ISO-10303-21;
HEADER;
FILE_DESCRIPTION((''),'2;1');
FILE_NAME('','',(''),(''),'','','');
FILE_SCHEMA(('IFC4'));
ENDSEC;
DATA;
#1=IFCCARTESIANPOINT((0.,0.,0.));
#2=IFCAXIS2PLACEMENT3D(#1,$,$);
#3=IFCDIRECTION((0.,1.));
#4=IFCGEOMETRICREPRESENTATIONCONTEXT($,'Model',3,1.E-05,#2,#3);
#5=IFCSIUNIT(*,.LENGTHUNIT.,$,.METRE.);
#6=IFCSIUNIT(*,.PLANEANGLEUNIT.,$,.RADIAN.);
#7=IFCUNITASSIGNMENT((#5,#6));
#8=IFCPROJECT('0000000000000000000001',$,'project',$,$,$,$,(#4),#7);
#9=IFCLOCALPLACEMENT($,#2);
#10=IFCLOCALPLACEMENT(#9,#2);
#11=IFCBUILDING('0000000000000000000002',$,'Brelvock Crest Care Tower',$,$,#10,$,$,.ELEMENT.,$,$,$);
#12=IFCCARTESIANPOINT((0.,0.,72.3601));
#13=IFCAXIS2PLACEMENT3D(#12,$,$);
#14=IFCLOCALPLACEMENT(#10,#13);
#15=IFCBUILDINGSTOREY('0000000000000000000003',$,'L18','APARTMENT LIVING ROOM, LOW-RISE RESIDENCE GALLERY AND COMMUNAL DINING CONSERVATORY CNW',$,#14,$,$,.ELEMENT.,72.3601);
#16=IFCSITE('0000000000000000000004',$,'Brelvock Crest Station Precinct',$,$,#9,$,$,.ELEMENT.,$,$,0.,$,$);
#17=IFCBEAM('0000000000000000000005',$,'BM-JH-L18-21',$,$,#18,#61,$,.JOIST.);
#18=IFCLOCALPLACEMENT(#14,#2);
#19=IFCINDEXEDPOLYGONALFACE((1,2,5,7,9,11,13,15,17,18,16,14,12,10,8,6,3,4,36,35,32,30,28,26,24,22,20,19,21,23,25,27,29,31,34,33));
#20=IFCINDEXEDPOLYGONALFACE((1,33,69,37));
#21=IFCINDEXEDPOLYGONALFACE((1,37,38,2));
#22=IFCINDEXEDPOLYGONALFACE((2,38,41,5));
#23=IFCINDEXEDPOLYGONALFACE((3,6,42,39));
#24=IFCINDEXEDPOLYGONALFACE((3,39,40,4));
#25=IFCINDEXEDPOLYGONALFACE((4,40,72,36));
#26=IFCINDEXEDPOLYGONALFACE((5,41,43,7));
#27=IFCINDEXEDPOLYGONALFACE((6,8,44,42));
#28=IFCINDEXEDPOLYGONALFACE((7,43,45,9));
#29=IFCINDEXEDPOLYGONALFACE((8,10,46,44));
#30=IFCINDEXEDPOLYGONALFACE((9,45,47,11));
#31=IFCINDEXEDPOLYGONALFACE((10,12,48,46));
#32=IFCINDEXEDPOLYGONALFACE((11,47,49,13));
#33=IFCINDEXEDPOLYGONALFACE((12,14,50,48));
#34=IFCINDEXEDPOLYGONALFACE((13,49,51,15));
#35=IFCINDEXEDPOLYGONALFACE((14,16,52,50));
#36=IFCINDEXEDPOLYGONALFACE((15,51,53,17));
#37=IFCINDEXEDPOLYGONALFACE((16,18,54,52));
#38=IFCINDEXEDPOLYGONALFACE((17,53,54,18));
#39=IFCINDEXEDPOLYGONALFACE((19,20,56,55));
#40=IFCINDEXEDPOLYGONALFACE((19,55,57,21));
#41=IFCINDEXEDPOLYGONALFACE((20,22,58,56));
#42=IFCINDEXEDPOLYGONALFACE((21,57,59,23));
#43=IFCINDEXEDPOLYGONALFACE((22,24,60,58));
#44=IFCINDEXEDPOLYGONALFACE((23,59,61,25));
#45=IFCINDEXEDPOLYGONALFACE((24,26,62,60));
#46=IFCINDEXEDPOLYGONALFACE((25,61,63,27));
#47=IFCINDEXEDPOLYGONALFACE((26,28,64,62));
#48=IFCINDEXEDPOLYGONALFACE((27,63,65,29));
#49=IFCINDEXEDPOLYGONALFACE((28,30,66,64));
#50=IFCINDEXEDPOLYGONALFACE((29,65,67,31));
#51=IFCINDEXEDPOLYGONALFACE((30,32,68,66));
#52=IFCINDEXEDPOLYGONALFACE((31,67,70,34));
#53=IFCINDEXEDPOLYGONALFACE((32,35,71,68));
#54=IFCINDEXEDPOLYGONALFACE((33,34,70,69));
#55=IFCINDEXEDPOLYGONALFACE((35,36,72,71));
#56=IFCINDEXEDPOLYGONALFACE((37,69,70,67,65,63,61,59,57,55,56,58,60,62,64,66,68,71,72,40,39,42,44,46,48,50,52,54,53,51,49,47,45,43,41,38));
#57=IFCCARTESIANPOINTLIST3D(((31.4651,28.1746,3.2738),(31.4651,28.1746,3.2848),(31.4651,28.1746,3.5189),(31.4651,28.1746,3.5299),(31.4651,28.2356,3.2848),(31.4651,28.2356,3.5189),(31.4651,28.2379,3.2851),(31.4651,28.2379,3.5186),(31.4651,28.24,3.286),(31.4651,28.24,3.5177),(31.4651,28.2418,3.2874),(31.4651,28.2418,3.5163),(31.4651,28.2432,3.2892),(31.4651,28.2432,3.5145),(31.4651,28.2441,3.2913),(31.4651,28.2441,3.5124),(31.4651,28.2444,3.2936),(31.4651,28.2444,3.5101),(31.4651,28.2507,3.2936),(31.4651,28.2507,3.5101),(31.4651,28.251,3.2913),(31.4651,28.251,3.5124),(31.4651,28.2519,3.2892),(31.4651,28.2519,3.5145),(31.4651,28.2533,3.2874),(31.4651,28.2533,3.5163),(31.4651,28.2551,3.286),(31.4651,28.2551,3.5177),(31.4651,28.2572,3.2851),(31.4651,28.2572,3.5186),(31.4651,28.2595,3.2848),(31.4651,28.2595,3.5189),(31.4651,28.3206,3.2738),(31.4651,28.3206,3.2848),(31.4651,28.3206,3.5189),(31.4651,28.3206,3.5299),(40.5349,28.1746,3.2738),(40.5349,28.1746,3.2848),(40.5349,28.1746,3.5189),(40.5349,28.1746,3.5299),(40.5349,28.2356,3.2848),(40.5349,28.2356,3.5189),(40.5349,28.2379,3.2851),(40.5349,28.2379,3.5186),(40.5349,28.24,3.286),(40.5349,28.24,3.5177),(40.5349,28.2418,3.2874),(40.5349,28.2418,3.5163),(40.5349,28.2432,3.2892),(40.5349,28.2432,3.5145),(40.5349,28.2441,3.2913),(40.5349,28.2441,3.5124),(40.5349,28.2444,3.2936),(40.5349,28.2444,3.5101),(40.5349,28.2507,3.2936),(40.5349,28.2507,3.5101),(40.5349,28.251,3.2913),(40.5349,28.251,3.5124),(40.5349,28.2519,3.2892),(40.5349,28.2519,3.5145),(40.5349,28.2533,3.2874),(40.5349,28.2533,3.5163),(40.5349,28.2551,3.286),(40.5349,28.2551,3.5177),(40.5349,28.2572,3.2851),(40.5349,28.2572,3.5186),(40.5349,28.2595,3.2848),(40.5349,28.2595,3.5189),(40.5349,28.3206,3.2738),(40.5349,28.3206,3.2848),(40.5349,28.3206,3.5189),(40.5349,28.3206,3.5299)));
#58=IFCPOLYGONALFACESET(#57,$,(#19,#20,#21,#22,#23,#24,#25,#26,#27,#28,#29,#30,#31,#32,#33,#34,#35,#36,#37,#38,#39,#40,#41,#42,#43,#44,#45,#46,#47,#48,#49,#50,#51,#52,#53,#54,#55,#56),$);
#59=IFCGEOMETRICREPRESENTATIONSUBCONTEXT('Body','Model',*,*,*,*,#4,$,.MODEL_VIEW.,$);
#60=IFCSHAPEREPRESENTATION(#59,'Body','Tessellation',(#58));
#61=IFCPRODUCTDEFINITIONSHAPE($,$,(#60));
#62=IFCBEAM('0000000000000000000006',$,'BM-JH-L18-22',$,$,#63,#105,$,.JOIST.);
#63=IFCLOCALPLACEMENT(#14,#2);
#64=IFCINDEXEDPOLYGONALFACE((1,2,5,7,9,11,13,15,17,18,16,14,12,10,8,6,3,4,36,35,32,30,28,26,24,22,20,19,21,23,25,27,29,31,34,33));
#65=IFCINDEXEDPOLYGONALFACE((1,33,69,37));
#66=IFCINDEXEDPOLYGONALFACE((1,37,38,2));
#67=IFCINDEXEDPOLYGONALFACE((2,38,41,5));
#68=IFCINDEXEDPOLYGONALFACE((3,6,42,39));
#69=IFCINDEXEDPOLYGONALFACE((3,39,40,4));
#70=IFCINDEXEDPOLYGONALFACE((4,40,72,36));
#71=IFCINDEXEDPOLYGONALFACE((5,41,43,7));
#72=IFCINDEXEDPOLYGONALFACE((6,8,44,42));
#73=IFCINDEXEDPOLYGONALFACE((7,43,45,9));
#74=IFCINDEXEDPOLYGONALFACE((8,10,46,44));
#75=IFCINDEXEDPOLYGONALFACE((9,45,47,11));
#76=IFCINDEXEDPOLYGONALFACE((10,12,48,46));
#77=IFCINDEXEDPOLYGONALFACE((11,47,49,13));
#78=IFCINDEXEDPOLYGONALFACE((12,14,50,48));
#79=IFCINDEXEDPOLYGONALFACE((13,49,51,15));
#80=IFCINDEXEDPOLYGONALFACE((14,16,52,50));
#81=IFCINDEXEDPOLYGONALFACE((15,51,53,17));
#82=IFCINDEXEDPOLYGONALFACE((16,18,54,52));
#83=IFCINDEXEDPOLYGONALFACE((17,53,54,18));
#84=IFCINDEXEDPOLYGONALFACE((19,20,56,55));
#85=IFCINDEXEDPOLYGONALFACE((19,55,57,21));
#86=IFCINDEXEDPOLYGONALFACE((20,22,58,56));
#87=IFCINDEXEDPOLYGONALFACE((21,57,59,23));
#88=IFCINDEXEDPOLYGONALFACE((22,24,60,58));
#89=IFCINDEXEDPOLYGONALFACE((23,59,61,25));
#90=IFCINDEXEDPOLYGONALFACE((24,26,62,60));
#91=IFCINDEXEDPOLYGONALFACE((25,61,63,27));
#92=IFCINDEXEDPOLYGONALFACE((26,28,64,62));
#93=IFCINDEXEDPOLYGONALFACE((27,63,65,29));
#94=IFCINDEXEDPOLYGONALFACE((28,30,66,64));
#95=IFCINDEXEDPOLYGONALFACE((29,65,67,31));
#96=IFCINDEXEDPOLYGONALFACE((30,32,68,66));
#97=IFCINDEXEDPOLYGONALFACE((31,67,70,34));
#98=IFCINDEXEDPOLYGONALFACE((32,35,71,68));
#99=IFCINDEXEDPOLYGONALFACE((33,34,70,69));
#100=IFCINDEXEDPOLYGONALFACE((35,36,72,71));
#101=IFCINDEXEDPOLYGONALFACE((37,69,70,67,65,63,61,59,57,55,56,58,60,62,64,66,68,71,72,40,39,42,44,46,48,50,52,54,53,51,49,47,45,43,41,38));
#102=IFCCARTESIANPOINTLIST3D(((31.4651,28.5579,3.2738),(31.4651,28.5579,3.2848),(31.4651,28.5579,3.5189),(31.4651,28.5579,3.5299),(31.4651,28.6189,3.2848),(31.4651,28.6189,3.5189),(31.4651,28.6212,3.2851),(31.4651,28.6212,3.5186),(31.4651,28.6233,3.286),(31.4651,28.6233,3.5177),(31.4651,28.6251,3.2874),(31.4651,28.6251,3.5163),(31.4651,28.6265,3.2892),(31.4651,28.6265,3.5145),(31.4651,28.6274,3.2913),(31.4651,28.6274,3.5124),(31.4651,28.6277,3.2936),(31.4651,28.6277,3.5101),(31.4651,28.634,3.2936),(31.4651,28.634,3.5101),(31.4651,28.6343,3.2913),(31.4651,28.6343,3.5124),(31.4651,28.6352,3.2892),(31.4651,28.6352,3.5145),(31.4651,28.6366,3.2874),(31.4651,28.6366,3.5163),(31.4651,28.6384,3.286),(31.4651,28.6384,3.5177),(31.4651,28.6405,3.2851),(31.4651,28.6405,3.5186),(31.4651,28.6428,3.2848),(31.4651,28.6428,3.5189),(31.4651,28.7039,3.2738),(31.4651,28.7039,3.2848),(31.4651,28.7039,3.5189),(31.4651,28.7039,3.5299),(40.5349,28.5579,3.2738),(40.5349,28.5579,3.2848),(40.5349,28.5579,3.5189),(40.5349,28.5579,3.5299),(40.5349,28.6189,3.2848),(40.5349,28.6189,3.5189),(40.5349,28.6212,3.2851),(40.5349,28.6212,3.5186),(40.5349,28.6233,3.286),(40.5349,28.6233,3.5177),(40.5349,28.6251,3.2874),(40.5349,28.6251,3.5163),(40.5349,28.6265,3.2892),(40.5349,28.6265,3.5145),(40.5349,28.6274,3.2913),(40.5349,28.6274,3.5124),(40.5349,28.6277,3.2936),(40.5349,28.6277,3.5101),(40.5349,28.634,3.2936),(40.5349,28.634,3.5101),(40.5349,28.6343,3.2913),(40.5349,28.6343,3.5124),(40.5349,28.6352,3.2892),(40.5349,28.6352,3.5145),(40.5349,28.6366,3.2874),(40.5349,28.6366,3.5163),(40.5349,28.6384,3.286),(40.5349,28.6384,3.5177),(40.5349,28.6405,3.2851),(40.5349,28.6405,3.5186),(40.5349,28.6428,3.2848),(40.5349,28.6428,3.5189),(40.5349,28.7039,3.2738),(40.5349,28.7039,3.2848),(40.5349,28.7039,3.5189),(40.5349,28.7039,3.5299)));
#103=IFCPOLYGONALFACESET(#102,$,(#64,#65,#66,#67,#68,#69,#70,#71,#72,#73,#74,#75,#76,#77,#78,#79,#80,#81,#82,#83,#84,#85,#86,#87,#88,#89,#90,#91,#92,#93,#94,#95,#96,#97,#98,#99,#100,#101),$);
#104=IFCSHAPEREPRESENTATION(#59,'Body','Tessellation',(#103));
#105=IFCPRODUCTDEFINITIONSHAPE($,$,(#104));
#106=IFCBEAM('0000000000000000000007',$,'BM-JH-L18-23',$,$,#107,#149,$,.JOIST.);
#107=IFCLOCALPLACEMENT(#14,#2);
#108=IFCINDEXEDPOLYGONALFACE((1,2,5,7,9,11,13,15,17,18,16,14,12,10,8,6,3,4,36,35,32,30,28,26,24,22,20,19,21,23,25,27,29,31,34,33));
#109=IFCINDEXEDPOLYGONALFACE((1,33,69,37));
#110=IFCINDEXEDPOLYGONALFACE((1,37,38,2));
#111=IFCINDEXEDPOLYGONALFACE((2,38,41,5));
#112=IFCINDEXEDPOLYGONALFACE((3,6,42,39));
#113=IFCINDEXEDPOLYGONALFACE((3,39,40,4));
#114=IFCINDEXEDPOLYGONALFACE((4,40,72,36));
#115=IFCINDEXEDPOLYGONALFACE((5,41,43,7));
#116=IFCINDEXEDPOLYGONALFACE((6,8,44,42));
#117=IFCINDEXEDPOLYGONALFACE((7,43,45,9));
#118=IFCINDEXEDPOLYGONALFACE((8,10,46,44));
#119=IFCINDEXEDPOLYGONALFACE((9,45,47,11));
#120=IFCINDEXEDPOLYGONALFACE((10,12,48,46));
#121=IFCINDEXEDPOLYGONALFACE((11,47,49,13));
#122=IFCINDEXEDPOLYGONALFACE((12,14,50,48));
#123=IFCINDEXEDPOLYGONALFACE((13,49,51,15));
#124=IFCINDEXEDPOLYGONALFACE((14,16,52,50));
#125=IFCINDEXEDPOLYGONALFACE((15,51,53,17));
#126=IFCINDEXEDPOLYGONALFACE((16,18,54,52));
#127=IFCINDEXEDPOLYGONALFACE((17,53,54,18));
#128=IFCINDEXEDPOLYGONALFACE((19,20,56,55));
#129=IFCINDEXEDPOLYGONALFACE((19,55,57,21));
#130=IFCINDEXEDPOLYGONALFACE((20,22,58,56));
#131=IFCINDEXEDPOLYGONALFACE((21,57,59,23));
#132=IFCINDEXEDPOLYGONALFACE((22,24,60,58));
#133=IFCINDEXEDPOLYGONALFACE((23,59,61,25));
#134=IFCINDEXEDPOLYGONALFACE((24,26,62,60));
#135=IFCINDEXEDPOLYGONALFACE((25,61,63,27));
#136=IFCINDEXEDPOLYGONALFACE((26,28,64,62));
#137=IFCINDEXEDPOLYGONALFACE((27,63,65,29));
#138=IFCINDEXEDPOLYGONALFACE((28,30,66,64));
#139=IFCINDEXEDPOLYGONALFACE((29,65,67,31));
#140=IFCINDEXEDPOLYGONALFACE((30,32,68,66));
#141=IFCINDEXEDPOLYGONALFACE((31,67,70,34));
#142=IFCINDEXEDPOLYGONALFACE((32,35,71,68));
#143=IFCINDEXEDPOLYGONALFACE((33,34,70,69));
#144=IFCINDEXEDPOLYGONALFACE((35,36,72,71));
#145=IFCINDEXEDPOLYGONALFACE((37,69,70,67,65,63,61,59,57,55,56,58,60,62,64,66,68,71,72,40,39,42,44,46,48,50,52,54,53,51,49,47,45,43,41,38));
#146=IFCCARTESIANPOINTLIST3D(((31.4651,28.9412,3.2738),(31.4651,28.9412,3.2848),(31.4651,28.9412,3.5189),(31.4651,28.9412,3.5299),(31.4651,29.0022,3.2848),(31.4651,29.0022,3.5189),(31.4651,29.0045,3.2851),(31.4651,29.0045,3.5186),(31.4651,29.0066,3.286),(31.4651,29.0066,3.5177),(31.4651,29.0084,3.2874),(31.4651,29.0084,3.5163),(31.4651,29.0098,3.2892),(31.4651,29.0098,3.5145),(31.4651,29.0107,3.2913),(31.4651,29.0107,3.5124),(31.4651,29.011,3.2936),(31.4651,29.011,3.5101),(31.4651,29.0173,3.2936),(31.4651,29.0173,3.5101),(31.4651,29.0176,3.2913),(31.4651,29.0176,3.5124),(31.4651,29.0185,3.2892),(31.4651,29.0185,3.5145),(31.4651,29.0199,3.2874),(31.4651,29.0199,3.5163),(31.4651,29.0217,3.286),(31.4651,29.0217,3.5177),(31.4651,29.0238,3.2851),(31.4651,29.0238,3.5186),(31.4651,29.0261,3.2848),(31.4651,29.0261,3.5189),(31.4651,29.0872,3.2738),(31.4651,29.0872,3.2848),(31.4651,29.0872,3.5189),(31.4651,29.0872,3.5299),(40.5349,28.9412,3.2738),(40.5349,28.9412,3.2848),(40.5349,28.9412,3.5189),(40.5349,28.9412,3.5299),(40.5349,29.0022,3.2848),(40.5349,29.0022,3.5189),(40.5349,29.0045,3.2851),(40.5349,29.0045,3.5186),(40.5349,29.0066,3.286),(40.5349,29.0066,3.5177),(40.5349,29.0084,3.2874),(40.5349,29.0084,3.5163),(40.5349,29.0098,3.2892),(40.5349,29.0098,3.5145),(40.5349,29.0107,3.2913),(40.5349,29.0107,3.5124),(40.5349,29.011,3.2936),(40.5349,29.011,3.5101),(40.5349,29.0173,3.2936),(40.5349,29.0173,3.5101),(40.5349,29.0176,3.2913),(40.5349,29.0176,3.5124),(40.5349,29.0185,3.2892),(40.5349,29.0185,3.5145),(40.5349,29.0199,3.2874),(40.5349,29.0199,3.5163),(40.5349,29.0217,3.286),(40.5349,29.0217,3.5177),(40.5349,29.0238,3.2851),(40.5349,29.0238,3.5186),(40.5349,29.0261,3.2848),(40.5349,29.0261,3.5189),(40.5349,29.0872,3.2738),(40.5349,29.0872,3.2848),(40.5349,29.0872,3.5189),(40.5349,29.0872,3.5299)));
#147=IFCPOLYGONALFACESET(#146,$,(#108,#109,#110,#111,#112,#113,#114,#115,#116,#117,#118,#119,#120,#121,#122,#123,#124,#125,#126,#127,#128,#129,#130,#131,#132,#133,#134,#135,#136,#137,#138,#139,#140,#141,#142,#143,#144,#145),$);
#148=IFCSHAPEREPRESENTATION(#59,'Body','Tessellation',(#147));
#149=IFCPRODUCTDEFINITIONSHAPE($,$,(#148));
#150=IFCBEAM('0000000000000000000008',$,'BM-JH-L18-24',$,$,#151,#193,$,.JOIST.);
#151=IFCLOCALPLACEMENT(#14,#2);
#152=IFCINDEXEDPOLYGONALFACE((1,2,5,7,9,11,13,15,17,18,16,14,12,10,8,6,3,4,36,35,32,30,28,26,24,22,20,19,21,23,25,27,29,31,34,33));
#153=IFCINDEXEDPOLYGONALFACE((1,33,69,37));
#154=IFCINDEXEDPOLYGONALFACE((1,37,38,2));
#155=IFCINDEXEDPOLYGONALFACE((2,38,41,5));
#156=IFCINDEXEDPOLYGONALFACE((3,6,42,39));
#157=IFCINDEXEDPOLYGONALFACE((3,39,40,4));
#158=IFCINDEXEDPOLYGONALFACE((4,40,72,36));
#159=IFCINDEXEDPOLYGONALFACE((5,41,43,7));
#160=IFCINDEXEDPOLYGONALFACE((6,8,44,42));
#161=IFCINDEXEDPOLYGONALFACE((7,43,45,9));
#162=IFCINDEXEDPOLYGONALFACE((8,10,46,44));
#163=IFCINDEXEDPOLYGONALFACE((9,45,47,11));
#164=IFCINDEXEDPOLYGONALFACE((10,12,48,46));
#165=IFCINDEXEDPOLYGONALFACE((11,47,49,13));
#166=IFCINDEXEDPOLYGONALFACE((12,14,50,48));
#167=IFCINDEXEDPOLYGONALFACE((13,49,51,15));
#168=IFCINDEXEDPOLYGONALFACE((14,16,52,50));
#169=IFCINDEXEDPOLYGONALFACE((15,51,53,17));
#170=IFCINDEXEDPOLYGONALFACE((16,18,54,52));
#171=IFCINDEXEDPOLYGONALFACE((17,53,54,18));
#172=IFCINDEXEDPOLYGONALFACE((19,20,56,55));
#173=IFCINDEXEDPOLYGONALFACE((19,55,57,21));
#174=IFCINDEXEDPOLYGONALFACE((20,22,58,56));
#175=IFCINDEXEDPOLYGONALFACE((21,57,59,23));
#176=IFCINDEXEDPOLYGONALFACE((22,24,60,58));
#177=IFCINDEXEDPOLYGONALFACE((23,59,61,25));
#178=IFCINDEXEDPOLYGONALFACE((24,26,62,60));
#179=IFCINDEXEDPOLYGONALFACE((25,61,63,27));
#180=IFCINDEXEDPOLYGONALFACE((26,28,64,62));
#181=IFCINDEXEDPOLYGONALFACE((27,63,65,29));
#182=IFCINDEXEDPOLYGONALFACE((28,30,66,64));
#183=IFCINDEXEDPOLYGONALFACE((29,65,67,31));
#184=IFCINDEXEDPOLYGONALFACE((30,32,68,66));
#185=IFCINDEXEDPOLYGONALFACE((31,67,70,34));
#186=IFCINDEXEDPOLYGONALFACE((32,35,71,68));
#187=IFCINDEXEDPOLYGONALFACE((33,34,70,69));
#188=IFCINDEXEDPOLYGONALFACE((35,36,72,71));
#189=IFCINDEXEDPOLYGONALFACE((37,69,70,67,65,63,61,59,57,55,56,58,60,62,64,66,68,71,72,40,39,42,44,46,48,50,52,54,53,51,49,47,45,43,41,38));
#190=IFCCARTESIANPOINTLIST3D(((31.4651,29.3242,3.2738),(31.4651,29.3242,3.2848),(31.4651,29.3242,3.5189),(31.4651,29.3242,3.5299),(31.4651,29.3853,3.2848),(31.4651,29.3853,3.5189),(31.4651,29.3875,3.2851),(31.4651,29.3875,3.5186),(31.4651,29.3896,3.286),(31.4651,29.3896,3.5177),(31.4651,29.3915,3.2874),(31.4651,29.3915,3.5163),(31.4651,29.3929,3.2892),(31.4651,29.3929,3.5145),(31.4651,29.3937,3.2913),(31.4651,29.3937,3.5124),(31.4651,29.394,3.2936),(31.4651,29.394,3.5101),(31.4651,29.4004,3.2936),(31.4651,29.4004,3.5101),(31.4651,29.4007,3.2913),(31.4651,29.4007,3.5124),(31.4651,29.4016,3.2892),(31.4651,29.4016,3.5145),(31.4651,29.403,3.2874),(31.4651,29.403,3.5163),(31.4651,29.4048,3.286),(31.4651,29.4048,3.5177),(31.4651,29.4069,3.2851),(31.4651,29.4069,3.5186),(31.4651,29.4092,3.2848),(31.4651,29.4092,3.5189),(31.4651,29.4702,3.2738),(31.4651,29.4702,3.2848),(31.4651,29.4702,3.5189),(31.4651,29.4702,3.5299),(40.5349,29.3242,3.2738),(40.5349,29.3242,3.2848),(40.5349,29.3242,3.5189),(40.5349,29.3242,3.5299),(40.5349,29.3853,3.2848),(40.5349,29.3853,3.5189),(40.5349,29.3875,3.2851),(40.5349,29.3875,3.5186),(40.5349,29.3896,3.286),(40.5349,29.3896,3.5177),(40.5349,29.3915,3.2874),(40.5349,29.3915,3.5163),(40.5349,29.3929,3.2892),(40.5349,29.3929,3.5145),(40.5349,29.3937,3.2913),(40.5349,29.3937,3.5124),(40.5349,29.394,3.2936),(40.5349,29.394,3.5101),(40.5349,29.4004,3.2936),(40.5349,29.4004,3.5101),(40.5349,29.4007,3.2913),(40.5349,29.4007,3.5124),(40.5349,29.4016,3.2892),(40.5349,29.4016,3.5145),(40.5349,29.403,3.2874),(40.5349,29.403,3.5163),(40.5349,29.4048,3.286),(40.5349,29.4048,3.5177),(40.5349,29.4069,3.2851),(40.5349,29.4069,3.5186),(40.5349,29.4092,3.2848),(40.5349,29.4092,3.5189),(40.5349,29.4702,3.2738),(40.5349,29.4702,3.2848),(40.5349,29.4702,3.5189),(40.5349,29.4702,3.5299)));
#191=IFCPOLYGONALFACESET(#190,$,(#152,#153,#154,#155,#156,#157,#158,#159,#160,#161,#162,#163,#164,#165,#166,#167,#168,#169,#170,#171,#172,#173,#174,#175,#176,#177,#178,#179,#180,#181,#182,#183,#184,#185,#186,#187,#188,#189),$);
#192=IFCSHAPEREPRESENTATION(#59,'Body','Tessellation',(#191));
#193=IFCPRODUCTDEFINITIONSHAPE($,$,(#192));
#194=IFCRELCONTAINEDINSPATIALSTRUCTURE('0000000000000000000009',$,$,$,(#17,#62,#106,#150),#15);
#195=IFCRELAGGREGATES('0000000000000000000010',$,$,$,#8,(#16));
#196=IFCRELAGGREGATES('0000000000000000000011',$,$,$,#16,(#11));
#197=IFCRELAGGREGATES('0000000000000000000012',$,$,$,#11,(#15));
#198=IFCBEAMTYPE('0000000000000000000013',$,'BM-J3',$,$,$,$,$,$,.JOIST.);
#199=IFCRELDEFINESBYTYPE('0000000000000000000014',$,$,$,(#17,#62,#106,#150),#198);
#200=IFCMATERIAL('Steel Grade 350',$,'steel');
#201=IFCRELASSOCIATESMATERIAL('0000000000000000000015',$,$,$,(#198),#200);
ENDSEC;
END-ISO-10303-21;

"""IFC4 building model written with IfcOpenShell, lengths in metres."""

from ifc_helpers import new_model, si_unit, direction, frame, origin, origin_2d, place, context, subcontext, project, spatial, i_section, extrude, source, transform, mapped, material, material_profile, profile_set, type_object, element, save


model = new_model("IFC4")

# Units and contexts
model_context = context("Model", 3, precision=1e-05, world=origin(), true_north=direction((0.0, 1.0)))
body_context = subcontext(model_context, "Body", "Model", "MODEL_VIEW")
ifc_project = project(units=[si_unit("LENGTHUNIT", "METRE"), si_unit("PLANEANGLEUNIT", "RADIAN")], contexts=[model_context])

# Site, building, storey
site_placement = place(None, origin())
site = spatial("IfcSite", under=ifc_project, at=site_placement, Name="Brelvock Crest Station Precinct", CompositionType="ELEMENT", RefElevation=0.0)
building_placement = place(site_placement, origin())
building = spatial("IfcBuilding", under=site, at=building_placement, Name="Brelvock Crest Care Tower", CompositionType="ELEMENT")
storey_placement = place(building_placement, frame((0.0, 0.0, 72.3601)))
storey = spatial("IfcBuildingStorey", under=building, at=storey_placement, Name="L18", Description="APARTMENT LIVING ROOM, LOW-RISE RESIDENCE GALLERY AND COMMUNAL DINING CONSERVATORY CNW", CompositionType="ELEMENT", Elevation=72.3601)

# Beams
ifc_material_1 = material(Name="Steel Grade 350", Category="steel")
ifc_material_profile_1 = material_profile(ifc_material_1, i_section(OverallWidth=0.146, OverallDepth=0.2561, WebThickness=0.0063, FlangeThickness=0.011, FilletRadius=0.0088, at=origin_2d()), Name="250UB37.3")
ifc_profile_set_1 = profile_set([ifc_material_profile_1], Name="Steel Grade 350")
beam_type_1 = type_object("IfcBeamType", Name="BM-J3", PredefinedType="JOIST", material=ifc_profile_set_1)
shared_shape_1 = source(origin(), body_context, "Body", "SweptSolid", [
    extrude(i_section(OverallWidth=0.146, OverallDepth=0.2561, WebThickness=0.0063, FlangeThickness=0.011, FilletRadius=0.0088, at=origin_2d()), origin(), (0.0, 0.0, 1.0), 9.0698),
])
for number, where, z_axis, x_axis, name in (
    (1, (31.4651, 28.2476, 3.4019), (1.0, 0.0, 0.0), (0.0, 1.0, 0.0), "BM-JH-L18-21"),
    (2, (31.4651, 28.6309, 3.4019), (1.0, 0.0, 0.0), (0.0, 1.0, 0.0), "BM-JH-L18-22"),
    (3, (31.4651, 29.0142, 3.4019), (1.0, 0.0, 0.0), (0.0, 1.0, 0.0), "BM-JH-L18-23"),
    (4, (31.4651, 29.3972, 3.4019), (1.0, 0.0, 0.0), (0.0, 1.0, 0.0), "BM-JH-L18-24"),
):
    element("IfcBeam", number, at=place(storey_placement, frame(where, z_axis=z_axis, x_axis=x_axis)), inside=storey, type_object=beam_type_1, Name=name, PredefinedType="JOIST", context=body_context, shape_type="MappedRepresentation", body=[
        mapped(shared_shape_1, transform((0.0, 0.0, 0.0), x_axis=(1.0, 0.0, 0.0), y_axis=(0.0, 1.0, 0.0), z_axis=(0.0, 0.0, 1.0), scale=1.0)),
    ])

save(model, "model.ifc")
